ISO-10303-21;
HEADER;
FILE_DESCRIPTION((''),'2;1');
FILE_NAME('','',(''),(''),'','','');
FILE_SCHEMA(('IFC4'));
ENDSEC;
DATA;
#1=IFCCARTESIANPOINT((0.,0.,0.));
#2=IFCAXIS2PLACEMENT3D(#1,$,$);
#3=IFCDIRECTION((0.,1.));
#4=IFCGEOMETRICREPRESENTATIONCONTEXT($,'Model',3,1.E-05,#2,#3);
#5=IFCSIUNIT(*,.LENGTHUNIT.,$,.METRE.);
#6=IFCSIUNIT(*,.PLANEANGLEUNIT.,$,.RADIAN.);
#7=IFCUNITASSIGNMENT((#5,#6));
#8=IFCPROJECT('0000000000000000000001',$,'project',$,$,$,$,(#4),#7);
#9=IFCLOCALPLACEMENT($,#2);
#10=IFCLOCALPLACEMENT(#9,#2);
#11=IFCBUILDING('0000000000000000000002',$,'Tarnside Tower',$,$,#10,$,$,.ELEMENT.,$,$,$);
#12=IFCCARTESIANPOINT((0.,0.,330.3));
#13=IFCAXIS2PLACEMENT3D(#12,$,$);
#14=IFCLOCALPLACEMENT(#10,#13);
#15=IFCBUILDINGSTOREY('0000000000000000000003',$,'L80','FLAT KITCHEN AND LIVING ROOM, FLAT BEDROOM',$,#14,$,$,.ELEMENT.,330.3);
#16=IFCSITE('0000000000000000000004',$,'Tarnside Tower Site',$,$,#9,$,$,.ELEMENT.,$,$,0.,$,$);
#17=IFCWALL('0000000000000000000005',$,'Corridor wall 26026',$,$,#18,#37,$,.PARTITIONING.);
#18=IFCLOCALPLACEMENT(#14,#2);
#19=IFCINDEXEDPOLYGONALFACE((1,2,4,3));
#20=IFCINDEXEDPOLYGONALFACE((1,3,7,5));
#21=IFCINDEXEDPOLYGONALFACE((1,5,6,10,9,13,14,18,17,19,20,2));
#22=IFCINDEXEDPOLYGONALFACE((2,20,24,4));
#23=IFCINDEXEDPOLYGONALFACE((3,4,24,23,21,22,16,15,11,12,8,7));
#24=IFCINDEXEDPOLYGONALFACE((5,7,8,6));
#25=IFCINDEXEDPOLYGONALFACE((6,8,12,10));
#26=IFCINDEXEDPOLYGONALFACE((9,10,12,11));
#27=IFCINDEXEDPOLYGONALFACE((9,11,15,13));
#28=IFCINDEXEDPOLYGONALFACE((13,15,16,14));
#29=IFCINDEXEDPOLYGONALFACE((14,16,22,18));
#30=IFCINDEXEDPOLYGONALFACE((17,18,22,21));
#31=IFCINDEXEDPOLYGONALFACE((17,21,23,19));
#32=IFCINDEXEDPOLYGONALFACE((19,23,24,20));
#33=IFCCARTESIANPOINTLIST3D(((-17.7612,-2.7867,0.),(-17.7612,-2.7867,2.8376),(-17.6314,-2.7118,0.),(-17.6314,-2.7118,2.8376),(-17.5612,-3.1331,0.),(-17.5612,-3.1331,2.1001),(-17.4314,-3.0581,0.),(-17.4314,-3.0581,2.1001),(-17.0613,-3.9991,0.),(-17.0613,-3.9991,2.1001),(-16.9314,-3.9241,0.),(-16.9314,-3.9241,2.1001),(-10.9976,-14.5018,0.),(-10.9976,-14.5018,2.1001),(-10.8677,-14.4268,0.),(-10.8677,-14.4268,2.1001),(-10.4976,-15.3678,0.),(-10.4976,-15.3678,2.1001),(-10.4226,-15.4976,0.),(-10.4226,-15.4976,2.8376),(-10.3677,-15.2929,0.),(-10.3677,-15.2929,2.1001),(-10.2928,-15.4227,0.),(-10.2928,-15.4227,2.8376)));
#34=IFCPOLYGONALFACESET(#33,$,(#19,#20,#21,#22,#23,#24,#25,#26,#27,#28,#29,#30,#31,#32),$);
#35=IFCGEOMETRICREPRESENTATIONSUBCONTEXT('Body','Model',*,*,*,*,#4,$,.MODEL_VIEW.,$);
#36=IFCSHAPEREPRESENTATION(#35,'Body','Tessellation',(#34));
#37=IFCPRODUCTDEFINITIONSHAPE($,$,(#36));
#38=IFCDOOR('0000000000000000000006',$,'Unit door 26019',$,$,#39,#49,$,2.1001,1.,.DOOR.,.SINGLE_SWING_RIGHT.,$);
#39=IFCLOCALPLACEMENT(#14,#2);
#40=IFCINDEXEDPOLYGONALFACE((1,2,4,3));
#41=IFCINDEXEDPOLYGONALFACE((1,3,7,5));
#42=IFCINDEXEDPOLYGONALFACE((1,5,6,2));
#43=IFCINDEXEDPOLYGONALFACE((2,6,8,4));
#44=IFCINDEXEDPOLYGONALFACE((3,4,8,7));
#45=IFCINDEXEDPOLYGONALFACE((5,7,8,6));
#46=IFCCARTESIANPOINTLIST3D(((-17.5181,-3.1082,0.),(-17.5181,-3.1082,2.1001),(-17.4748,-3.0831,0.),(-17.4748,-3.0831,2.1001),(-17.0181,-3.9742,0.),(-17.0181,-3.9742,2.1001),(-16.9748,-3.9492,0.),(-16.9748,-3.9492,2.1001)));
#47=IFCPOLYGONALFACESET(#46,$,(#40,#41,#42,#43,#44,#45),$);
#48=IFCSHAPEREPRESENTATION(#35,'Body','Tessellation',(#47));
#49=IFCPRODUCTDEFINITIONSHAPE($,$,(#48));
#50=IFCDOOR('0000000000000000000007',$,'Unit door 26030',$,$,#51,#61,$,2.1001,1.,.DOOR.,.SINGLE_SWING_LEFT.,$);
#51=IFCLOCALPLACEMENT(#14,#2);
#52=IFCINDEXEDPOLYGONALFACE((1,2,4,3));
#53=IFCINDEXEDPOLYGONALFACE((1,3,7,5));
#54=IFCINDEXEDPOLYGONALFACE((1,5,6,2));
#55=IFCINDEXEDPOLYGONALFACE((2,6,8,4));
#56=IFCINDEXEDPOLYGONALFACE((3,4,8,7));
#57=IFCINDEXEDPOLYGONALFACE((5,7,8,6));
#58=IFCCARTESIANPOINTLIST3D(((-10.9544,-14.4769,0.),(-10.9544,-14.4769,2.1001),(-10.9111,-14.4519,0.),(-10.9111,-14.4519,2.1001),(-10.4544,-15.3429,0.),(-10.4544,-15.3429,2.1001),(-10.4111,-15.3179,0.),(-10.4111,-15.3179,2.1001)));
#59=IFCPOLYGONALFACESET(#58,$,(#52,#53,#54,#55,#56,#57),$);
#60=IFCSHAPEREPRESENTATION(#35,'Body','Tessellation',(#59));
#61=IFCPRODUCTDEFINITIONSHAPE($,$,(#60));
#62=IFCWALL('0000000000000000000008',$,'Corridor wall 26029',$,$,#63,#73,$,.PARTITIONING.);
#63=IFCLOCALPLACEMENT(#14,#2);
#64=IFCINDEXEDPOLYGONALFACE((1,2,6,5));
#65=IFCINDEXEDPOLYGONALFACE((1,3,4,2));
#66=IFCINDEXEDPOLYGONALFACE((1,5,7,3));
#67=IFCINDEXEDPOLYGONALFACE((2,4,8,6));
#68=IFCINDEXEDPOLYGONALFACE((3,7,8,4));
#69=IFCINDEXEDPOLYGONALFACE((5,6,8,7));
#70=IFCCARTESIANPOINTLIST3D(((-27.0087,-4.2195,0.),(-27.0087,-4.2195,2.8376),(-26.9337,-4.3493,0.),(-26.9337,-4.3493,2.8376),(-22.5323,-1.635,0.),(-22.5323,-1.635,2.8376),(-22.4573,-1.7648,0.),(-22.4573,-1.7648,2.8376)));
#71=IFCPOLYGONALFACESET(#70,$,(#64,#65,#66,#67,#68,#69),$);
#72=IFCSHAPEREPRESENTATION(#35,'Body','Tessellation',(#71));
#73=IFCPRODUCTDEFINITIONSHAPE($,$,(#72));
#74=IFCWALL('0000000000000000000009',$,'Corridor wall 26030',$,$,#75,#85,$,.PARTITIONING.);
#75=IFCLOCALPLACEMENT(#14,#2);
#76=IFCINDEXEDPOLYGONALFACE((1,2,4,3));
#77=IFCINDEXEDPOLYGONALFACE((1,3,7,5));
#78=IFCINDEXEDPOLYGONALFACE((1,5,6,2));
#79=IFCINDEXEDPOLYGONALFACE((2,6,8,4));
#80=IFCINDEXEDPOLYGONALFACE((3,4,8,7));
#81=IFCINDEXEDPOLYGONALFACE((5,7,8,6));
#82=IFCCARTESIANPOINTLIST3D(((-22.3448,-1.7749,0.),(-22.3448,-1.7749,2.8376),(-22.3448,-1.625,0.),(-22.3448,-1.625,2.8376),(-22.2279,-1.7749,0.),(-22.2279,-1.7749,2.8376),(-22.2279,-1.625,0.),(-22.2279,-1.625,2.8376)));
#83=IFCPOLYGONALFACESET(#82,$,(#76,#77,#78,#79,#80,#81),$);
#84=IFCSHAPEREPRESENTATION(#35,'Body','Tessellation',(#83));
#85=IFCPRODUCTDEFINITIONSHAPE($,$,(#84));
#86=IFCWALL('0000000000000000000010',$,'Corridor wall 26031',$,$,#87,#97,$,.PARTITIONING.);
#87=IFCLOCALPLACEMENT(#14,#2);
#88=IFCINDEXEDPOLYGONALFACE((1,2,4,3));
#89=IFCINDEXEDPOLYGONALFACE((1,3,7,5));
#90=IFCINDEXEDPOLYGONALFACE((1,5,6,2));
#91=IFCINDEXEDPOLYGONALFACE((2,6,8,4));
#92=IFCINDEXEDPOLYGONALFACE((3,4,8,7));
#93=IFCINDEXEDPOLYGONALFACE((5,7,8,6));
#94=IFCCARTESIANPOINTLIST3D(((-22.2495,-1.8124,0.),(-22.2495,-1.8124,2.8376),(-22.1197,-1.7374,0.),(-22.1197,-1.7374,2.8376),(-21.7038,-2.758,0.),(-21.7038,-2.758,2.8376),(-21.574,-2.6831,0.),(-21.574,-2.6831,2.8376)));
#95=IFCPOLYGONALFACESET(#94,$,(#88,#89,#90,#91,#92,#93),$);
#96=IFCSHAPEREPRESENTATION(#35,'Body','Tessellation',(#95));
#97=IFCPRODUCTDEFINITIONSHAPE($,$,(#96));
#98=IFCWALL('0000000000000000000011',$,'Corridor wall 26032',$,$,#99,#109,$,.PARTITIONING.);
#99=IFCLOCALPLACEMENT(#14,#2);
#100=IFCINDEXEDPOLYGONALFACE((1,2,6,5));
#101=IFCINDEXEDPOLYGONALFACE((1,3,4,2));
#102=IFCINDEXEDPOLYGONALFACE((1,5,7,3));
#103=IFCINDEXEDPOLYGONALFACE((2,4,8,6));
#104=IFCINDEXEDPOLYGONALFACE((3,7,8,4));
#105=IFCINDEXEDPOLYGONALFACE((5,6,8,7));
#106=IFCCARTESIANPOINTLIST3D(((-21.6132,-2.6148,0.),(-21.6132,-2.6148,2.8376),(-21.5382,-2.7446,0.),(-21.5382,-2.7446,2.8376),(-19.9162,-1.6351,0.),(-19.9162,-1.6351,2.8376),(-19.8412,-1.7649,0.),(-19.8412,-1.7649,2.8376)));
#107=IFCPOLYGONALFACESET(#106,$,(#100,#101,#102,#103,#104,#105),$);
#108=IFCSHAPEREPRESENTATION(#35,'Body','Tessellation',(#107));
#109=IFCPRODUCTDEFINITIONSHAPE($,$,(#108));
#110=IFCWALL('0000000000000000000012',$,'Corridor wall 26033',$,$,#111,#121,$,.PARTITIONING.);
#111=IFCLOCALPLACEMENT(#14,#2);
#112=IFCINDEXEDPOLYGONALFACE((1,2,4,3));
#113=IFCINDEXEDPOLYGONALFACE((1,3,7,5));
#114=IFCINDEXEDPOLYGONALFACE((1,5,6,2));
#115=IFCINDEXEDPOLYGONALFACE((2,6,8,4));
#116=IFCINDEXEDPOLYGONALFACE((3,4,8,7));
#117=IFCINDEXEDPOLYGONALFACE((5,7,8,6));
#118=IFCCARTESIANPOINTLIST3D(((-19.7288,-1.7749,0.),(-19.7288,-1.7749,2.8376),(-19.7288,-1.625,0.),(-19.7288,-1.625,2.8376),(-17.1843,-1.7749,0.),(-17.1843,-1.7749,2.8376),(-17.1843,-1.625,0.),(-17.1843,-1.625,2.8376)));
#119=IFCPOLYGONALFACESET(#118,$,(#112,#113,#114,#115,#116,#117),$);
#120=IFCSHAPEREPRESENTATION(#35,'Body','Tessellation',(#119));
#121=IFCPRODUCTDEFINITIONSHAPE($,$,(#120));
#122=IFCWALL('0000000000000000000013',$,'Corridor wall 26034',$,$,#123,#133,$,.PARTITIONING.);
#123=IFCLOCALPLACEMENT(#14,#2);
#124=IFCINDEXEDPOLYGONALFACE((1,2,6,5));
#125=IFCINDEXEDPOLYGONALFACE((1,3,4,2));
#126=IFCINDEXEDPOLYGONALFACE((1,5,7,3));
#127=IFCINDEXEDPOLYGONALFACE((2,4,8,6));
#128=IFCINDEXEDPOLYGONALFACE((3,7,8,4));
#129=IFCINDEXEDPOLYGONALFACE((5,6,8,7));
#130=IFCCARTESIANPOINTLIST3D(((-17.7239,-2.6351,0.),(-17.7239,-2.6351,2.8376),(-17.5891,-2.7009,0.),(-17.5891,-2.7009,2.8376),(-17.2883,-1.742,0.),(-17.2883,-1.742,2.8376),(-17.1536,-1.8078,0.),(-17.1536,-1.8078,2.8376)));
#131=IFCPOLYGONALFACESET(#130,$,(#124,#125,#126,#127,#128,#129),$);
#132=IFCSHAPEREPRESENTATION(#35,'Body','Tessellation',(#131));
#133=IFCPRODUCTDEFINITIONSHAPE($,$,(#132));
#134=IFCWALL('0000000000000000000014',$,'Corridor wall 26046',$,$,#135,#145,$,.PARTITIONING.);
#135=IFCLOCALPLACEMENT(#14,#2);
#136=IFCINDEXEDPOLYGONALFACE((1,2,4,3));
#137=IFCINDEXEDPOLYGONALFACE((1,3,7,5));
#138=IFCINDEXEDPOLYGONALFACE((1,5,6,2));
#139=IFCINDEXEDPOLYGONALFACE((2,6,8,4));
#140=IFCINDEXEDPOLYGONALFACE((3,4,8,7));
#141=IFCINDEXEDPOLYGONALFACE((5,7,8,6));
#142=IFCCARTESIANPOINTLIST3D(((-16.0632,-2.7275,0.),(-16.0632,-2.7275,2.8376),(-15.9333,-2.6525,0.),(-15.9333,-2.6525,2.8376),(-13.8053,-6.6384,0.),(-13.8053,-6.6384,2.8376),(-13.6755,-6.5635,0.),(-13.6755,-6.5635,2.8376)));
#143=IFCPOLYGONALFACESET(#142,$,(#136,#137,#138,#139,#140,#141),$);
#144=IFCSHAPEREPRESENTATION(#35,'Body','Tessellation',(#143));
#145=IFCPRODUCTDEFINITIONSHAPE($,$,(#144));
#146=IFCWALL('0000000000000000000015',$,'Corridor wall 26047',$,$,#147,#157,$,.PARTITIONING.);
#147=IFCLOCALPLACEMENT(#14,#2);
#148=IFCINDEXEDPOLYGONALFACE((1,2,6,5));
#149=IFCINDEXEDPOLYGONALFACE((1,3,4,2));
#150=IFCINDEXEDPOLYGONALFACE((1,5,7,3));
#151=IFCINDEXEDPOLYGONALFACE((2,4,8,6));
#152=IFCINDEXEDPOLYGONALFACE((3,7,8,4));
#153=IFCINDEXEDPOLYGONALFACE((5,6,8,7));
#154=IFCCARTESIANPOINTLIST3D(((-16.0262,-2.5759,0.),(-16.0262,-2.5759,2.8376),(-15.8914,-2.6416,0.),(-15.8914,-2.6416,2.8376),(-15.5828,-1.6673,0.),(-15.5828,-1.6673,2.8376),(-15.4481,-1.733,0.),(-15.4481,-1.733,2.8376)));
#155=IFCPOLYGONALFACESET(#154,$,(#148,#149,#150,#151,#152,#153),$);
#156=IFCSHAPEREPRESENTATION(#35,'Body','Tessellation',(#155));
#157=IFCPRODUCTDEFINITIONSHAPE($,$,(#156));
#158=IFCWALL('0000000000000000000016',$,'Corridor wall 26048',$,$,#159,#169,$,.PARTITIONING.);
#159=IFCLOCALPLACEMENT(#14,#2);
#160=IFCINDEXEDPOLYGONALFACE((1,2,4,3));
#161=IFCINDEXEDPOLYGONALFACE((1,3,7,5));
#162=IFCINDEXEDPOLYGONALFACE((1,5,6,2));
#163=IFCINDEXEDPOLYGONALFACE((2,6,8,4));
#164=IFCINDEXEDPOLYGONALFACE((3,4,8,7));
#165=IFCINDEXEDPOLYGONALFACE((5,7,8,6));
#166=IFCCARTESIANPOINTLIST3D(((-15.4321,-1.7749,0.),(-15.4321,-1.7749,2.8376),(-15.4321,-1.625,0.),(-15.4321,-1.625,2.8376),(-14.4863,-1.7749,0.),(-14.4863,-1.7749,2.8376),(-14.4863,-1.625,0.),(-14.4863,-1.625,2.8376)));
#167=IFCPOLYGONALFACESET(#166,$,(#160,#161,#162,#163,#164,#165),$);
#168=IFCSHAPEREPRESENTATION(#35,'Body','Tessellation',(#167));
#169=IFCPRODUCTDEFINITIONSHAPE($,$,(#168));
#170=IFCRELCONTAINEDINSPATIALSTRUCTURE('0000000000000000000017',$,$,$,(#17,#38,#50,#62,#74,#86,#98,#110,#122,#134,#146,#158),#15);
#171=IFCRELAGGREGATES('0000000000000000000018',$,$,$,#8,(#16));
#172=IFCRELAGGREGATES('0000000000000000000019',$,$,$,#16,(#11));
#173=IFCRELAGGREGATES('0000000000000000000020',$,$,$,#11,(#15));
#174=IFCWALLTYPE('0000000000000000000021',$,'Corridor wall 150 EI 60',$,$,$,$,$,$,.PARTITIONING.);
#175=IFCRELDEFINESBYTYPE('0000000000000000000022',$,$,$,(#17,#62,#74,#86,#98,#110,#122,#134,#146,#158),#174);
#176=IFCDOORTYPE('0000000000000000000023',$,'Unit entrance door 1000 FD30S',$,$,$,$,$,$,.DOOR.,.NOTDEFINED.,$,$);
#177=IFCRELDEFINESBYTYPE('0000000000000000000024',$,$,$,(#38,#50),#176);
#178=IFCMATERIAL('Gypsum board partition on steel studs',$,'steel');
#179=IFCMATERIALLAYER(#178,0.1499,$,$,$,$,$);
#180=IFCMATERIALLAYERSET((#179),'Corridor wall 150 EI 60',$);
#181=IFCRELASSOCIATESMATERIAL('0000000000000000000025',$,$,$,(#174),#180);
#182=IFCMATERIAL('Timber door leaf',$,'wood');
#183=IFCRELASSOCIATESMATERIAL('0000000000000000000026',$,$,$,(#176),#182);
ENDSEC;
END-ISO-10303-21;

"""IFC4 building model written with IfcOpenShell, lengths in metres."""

from ifc_helpers import new_model, si_unit, direction, frame, frame_2d, origin, place, context, subcontext, project, spatial, rectangle, extrude, material, layer, layer_set, type_object, element, fill, save


model = new_model("IFC4")

# Units and contexts
model_context = context("Model", 3, precision=1e-05, world=origin(), true_north=direction((0.0, 1.0)))
body_context = subcontext(model_context, "Body", "Model", "MODEL_VIEW")
ifc_project = project(units=[si_unit("LENGTHUNIT", "METRE"), si_unit("PLANEANGLEUNIT", "RADIAN")], contexts=[model_context])

# Site, building, storey
site_placement = place(None, origin())
site = spatial("IfcSite", under=ifc_project, at=site_placement, Name="Tarnside Tower Site", CompositionType="ELEMENT", RefElevation=0.0)
building_placement = place(site_placement, origin())
building = spatial("IfcBuilding", under=site, at=building_placement, Name="Tarnside Tower", CompositionType="ELEMENT")
storey_placement = place(building_placement, frame((0.0, 0.0, 330.3)))
storey = spatial("IfcBuildingStorey", under=building, at=storey_placement, Name="L80", Description="FLAT KITCHEN AND LIVING ROOM, FLAT BEDROOM", CompositionType="ELEMENT", Elevation=330.3)

# Shared definitions
ifc_material_1 = material(Name="Gypsum board partition on steel studs", Category="steel")

# Shared definitions
ifc_material_2 = material(Name="Timber door leaf", Category="wood")

# Wall, openings, doors
ifc_layer_1 = layer(ifc_material_1, 0.1499)
ifc_layer_set_1 = layer_set([ifc_layer_1], Name="Corridor wall 150 EI 60")
wall_type_1 = type_object("IfcWallType", Name="Corridor wall 150 EI 60", PredefinedType="PARTITIONING", material=ifc_layer_set_1)
wall_1_placement = place(storey_placement, frame((-17.6963, -2.7493, 0.0), z_axis=(0.0, 0.0, 1.0), x_axis=(0.499998, -0.866027, 0.0)))
wall_1 = element("IfcWall", 1, at=wall_1_placement, inside=storey, type_object=wall_type_1, Name="Corridor wall 26026", PredefinedType="PARTITIONING", context=body_context, shape_type="SweptSolid", body=[
    extrude(rectangle(XDim=14.6772, YDim=0.1499, at=frame_2d((7.3386, 0.0))), origin(), (0.0, 0.0, 1.0), 2.8376),
])
opening_1_placement = place(wall_1_placement, frame((0.3999, 0.0, 0.0)))
opening_1 = element("IfcOpeningElement", 2, at=opening_1_placement, cuts=wall_1, PredefinedType="OPENING", context=body_context, shape_type="SweptSolid", body=[
    extrude(rectangle(XDim=1.0, YDim=2.1001, at=frame_2d((0.5, 1.05))), frame((0.0, 0.085, 0.0), z_axis=(0.0, -1.0, 0.0), x_axis=(1.0, 0.0, 0.0)), (0.0, 0.0, 1.0), 0.1699),
])
opening_2_placement = place(wall_1_placement, frame((13.5273, 0.0, 0.0)))
opening_2 = element("IfcOpeningElement", 3, at=opening_2_placement, cuts=wall_1, PredefinedType="OPENING", context=body_context, shape_type="SweptSolid", body=[
    extrude(rectangle(XDim=1.0, YDim=2.1001, at=frame_2d((0.5, 1.05))), frame((0.0, 0.085, 0.0), z_axis=(0.0, -1.0, 0.0), x_axis=(1.0, 0.0, 0.0)), (0.0, 0.0, 1.0), 0.1699),
])
door_type_1 = type_object("IfcDoorType", Name="Unit entrance door 1000 FD30S", OperationType="NOTDEFINED", PredefinedType="DOOR", material=ifc_material_2)
door_1_placement = place(opening_1_placement, origin())
door_1 = element("IfcDoor", 4, at=door_1_placement, inside=storey, type_object=door_type_1, Name="Unit door 26019", OperationType="SINGLE_SWING_RIGHT", OverallHeight=2.1001, OverallWidth=1.0, PredefinedType="DOOR", context=body_context, shape_type="SweptSolid", body=[
    extrude(rectangle(XDim=1.0, YDim=2.1001, at=frame_2d((0.5, 1.05))), frame((0.0, 0.0249, 0.0), z_axis=(0.0, -1.0, 0.0), x_axis=(1.0, 0.0, 0.0)), (0.0, 0.0, 1.0), 0.05),
])
fill(opening_1, door_1)
door_2_placement = place(opening_2_placement, origin())
door_2 = element("IfcDoor", 5, at=door_2_placement, inside=storey, type_object=door_type_1, Name="Unit door 26030", OperationType="SINGLE_SWING_LEFT", OverallHeight=2.1001, OverallWidth=1.0, PredefinedType="DOOR", context=body_context, shape_type="SweptSolid", body=[
    extrude(rectangle(XDim=1.0, YDim=2.1001, at=frame_2d((0.5, 1.05))), frame((0.0, 0.0249, 0.0), z_axis=(0.0, -1.0, 0.0), x_axis=(1.0, 0.0, 0.0)), (0.0, 0.0, 1.0), 0.05),
])
fill(opening_2, door_2)

# Walls
wall_2_placement = place(storey_placement, frame((-26.9712, -4.2844, 0.0), z_axis=(0.0, 0.0, 1.0), x_axis=(0.86602, 0.50001, 0.0)))
element("IfcWall", 6, at=wall_2_placement, inside=storey, type_object=wall_type_1, Name="Corridor wall 26029", PredefinedType="PARTITIONING", context=body_context, shape_type="SweptSolid", body=[
    extrude(rectangle(XDim=5.1689, YDim=0.1499, at=frame_2d((2.5845, 0.0))), origin(), (0.0, 0.0, 1.0), 2.8376),
])
wall_3_placement = place(storey_placement, frame((-22.345, -1.7, 0.0), z_axis=(0.0, 0.0, 1.0), x_axis=(1.0, 0.0, 0.0)))
element("IfcWall", 7, at=wall_3_placement, inside=storey, type_object=wall_type_1, Name="Corridor wall 26030", PredefinedType="PARTITIONING", context=body_context, shape_type="SweptSolid", body=[
    extrude(rectangle(XDim=0.1169, YDim=0.1499, at=frame_2d((0.0586, 0.0))), origin(), (0.0, 0.0, 1.0), 2.8376),
])
wall_4_placement = place(storey_placement, frame((-22.1846, -1.7749, 0.0), z_axis=(0.0, 0.0, 1.0), x_axis=(0.499819, -0.86613, 0.0)))
element("IfcWall", 8, at=wall_4_placement, inside=storey, type_object=wall_type_1, Name="Corridor wall 26031", PredefinedType="PARTITIONING", context=body_context, shape_type="SweptSolid", body=[
    extrude(rectangle(XDim=1.0918, YDim=0.1499, at=frame_2d((0.5459, 0.0))), origin(), (0.0, 0.0, 1.0), 2.8376),
])
wall_5_placement = place(storey_placement, frame((-21.5757, -2.6797, 0.0), z_axis=(0.0, 0.0, 1.0), x_axis=(0.866034, 0.499985, 0.0)))
element("IfcWall", 9, at=wall_5_placement, inside=storey, type_object=wall_type_1, Name="Corridor wall 26032", PredefinedType="PARTITIONING", context=body_context, shape_type="SweptSolid", body=[
    extrude(rectangle(XDim=1.9595, YDim=0.1499, at=frame_2d((0.9797, 0.0))), origin(), (0.0, 0.0, 1.0), 2.8376),
])
wall_6_placement = place(storey_placement, frame((-19.7288, -1.7, 0.0), z_axis=(0.0, 0.0, 1.0), x_axis=(1.0, 0.0, 0.0)))
element("IfcWall", 10, at=wall_6_placement, inside=storey, type_object=wall_type_1, Name="Corridor wall 26033", PredefinedType="PARTITIONING", context=body_context, shape_type="SweptSolid", body=[
    extrude(rectangle(XDim=2.5444, YDim=0.1499, at=frame_2d((1.2722, 0.0))), origin(), (0.0, 0.0, 1.0), 2.8376),
])
wall_7_placement = place(storey_placement, frame((-17.2209, -1.7749, 0.0), z_axis=(0.0, 0.0, 1.0), x_axis=(-0.438346, -0.898806, 0.0)))
element("IfcWall", 11, at=wall_7_placement, inside=storey, type_object=wall_type_1, Name="Corridor wall 26034", PredefinedType="PARTITIONING", context=body_context, shape_type="SweptSolid", body=[
    extrude(rectangle(XDim=0.9937, YDim=0.1499, at=frame_2d((0.4968, 0.0))), origin(), (0.0, 0.0, 1.0), 2.8376),
])
wall_8_placement = place(storey_placement, frame((-13.7405, -6.6008, 0.0), z_axis=(0.0, 0.0, 1.0), x_axis=(-0.499977, 0.866039, 0.0)))
element("IfcWall", 12, at=wall_8_placement, inside=storey, type_object=wall_type_1, Name="Corridor wall 26046", PredefinedType="PARTITIONING", context=body_context, shape_type="SweptSolid", body=[
    extrude(rectangle(XDim=4.5159, YDim=0.1499, at=frame_2d((2.2578, 0.0))), origin(), (0.0, 0.0, 1.0), 2.8376),
])
wall_9_placement = place(storey_placement, frame((-15.9587, -2.6086, 0.0), z_axis=(0.0, 0.0, 1.0), x_axis=(0.4385, 0.898731, 0.0)))
element("IfcWall", 13, at=wall_9_placement, inside=storey, type_object=wall_type_1, Name="Corridor wall 26047", PredefinedType="PARTITIONING", context=body_context, shape_type="SweptSolid", body=[
    extrude(rectangle(XDim=1.011, YDim=0.1499, at=frame_2d((0.5054, 0.0))), origin(), (0.0, 0.0, 1.0), 2.8376),
])
wall_10_placement = place(storey_placement, frame((-15.4321, -1.7, 0.0), z_axis=(0.0, 0.0, 1.0), x_axis=(1.0, 0.0, 0.0)))
element("IfcWall", 14, at=wall_10_placement, inside=storey, type_object=wall_type_1, Name="Corridor wall 26048", PredefinedType="PARTITIONING", context=body_context, shape_type="SweptSolid", body=[
    extrude(rectangle(XDim=0.9458, YDim=0.1499, at=frame_2d((0.4729, 0.0))), origin(), (0.0, 0.0, 1.0), 2.8376),
])

save(model, "model.ifc")
